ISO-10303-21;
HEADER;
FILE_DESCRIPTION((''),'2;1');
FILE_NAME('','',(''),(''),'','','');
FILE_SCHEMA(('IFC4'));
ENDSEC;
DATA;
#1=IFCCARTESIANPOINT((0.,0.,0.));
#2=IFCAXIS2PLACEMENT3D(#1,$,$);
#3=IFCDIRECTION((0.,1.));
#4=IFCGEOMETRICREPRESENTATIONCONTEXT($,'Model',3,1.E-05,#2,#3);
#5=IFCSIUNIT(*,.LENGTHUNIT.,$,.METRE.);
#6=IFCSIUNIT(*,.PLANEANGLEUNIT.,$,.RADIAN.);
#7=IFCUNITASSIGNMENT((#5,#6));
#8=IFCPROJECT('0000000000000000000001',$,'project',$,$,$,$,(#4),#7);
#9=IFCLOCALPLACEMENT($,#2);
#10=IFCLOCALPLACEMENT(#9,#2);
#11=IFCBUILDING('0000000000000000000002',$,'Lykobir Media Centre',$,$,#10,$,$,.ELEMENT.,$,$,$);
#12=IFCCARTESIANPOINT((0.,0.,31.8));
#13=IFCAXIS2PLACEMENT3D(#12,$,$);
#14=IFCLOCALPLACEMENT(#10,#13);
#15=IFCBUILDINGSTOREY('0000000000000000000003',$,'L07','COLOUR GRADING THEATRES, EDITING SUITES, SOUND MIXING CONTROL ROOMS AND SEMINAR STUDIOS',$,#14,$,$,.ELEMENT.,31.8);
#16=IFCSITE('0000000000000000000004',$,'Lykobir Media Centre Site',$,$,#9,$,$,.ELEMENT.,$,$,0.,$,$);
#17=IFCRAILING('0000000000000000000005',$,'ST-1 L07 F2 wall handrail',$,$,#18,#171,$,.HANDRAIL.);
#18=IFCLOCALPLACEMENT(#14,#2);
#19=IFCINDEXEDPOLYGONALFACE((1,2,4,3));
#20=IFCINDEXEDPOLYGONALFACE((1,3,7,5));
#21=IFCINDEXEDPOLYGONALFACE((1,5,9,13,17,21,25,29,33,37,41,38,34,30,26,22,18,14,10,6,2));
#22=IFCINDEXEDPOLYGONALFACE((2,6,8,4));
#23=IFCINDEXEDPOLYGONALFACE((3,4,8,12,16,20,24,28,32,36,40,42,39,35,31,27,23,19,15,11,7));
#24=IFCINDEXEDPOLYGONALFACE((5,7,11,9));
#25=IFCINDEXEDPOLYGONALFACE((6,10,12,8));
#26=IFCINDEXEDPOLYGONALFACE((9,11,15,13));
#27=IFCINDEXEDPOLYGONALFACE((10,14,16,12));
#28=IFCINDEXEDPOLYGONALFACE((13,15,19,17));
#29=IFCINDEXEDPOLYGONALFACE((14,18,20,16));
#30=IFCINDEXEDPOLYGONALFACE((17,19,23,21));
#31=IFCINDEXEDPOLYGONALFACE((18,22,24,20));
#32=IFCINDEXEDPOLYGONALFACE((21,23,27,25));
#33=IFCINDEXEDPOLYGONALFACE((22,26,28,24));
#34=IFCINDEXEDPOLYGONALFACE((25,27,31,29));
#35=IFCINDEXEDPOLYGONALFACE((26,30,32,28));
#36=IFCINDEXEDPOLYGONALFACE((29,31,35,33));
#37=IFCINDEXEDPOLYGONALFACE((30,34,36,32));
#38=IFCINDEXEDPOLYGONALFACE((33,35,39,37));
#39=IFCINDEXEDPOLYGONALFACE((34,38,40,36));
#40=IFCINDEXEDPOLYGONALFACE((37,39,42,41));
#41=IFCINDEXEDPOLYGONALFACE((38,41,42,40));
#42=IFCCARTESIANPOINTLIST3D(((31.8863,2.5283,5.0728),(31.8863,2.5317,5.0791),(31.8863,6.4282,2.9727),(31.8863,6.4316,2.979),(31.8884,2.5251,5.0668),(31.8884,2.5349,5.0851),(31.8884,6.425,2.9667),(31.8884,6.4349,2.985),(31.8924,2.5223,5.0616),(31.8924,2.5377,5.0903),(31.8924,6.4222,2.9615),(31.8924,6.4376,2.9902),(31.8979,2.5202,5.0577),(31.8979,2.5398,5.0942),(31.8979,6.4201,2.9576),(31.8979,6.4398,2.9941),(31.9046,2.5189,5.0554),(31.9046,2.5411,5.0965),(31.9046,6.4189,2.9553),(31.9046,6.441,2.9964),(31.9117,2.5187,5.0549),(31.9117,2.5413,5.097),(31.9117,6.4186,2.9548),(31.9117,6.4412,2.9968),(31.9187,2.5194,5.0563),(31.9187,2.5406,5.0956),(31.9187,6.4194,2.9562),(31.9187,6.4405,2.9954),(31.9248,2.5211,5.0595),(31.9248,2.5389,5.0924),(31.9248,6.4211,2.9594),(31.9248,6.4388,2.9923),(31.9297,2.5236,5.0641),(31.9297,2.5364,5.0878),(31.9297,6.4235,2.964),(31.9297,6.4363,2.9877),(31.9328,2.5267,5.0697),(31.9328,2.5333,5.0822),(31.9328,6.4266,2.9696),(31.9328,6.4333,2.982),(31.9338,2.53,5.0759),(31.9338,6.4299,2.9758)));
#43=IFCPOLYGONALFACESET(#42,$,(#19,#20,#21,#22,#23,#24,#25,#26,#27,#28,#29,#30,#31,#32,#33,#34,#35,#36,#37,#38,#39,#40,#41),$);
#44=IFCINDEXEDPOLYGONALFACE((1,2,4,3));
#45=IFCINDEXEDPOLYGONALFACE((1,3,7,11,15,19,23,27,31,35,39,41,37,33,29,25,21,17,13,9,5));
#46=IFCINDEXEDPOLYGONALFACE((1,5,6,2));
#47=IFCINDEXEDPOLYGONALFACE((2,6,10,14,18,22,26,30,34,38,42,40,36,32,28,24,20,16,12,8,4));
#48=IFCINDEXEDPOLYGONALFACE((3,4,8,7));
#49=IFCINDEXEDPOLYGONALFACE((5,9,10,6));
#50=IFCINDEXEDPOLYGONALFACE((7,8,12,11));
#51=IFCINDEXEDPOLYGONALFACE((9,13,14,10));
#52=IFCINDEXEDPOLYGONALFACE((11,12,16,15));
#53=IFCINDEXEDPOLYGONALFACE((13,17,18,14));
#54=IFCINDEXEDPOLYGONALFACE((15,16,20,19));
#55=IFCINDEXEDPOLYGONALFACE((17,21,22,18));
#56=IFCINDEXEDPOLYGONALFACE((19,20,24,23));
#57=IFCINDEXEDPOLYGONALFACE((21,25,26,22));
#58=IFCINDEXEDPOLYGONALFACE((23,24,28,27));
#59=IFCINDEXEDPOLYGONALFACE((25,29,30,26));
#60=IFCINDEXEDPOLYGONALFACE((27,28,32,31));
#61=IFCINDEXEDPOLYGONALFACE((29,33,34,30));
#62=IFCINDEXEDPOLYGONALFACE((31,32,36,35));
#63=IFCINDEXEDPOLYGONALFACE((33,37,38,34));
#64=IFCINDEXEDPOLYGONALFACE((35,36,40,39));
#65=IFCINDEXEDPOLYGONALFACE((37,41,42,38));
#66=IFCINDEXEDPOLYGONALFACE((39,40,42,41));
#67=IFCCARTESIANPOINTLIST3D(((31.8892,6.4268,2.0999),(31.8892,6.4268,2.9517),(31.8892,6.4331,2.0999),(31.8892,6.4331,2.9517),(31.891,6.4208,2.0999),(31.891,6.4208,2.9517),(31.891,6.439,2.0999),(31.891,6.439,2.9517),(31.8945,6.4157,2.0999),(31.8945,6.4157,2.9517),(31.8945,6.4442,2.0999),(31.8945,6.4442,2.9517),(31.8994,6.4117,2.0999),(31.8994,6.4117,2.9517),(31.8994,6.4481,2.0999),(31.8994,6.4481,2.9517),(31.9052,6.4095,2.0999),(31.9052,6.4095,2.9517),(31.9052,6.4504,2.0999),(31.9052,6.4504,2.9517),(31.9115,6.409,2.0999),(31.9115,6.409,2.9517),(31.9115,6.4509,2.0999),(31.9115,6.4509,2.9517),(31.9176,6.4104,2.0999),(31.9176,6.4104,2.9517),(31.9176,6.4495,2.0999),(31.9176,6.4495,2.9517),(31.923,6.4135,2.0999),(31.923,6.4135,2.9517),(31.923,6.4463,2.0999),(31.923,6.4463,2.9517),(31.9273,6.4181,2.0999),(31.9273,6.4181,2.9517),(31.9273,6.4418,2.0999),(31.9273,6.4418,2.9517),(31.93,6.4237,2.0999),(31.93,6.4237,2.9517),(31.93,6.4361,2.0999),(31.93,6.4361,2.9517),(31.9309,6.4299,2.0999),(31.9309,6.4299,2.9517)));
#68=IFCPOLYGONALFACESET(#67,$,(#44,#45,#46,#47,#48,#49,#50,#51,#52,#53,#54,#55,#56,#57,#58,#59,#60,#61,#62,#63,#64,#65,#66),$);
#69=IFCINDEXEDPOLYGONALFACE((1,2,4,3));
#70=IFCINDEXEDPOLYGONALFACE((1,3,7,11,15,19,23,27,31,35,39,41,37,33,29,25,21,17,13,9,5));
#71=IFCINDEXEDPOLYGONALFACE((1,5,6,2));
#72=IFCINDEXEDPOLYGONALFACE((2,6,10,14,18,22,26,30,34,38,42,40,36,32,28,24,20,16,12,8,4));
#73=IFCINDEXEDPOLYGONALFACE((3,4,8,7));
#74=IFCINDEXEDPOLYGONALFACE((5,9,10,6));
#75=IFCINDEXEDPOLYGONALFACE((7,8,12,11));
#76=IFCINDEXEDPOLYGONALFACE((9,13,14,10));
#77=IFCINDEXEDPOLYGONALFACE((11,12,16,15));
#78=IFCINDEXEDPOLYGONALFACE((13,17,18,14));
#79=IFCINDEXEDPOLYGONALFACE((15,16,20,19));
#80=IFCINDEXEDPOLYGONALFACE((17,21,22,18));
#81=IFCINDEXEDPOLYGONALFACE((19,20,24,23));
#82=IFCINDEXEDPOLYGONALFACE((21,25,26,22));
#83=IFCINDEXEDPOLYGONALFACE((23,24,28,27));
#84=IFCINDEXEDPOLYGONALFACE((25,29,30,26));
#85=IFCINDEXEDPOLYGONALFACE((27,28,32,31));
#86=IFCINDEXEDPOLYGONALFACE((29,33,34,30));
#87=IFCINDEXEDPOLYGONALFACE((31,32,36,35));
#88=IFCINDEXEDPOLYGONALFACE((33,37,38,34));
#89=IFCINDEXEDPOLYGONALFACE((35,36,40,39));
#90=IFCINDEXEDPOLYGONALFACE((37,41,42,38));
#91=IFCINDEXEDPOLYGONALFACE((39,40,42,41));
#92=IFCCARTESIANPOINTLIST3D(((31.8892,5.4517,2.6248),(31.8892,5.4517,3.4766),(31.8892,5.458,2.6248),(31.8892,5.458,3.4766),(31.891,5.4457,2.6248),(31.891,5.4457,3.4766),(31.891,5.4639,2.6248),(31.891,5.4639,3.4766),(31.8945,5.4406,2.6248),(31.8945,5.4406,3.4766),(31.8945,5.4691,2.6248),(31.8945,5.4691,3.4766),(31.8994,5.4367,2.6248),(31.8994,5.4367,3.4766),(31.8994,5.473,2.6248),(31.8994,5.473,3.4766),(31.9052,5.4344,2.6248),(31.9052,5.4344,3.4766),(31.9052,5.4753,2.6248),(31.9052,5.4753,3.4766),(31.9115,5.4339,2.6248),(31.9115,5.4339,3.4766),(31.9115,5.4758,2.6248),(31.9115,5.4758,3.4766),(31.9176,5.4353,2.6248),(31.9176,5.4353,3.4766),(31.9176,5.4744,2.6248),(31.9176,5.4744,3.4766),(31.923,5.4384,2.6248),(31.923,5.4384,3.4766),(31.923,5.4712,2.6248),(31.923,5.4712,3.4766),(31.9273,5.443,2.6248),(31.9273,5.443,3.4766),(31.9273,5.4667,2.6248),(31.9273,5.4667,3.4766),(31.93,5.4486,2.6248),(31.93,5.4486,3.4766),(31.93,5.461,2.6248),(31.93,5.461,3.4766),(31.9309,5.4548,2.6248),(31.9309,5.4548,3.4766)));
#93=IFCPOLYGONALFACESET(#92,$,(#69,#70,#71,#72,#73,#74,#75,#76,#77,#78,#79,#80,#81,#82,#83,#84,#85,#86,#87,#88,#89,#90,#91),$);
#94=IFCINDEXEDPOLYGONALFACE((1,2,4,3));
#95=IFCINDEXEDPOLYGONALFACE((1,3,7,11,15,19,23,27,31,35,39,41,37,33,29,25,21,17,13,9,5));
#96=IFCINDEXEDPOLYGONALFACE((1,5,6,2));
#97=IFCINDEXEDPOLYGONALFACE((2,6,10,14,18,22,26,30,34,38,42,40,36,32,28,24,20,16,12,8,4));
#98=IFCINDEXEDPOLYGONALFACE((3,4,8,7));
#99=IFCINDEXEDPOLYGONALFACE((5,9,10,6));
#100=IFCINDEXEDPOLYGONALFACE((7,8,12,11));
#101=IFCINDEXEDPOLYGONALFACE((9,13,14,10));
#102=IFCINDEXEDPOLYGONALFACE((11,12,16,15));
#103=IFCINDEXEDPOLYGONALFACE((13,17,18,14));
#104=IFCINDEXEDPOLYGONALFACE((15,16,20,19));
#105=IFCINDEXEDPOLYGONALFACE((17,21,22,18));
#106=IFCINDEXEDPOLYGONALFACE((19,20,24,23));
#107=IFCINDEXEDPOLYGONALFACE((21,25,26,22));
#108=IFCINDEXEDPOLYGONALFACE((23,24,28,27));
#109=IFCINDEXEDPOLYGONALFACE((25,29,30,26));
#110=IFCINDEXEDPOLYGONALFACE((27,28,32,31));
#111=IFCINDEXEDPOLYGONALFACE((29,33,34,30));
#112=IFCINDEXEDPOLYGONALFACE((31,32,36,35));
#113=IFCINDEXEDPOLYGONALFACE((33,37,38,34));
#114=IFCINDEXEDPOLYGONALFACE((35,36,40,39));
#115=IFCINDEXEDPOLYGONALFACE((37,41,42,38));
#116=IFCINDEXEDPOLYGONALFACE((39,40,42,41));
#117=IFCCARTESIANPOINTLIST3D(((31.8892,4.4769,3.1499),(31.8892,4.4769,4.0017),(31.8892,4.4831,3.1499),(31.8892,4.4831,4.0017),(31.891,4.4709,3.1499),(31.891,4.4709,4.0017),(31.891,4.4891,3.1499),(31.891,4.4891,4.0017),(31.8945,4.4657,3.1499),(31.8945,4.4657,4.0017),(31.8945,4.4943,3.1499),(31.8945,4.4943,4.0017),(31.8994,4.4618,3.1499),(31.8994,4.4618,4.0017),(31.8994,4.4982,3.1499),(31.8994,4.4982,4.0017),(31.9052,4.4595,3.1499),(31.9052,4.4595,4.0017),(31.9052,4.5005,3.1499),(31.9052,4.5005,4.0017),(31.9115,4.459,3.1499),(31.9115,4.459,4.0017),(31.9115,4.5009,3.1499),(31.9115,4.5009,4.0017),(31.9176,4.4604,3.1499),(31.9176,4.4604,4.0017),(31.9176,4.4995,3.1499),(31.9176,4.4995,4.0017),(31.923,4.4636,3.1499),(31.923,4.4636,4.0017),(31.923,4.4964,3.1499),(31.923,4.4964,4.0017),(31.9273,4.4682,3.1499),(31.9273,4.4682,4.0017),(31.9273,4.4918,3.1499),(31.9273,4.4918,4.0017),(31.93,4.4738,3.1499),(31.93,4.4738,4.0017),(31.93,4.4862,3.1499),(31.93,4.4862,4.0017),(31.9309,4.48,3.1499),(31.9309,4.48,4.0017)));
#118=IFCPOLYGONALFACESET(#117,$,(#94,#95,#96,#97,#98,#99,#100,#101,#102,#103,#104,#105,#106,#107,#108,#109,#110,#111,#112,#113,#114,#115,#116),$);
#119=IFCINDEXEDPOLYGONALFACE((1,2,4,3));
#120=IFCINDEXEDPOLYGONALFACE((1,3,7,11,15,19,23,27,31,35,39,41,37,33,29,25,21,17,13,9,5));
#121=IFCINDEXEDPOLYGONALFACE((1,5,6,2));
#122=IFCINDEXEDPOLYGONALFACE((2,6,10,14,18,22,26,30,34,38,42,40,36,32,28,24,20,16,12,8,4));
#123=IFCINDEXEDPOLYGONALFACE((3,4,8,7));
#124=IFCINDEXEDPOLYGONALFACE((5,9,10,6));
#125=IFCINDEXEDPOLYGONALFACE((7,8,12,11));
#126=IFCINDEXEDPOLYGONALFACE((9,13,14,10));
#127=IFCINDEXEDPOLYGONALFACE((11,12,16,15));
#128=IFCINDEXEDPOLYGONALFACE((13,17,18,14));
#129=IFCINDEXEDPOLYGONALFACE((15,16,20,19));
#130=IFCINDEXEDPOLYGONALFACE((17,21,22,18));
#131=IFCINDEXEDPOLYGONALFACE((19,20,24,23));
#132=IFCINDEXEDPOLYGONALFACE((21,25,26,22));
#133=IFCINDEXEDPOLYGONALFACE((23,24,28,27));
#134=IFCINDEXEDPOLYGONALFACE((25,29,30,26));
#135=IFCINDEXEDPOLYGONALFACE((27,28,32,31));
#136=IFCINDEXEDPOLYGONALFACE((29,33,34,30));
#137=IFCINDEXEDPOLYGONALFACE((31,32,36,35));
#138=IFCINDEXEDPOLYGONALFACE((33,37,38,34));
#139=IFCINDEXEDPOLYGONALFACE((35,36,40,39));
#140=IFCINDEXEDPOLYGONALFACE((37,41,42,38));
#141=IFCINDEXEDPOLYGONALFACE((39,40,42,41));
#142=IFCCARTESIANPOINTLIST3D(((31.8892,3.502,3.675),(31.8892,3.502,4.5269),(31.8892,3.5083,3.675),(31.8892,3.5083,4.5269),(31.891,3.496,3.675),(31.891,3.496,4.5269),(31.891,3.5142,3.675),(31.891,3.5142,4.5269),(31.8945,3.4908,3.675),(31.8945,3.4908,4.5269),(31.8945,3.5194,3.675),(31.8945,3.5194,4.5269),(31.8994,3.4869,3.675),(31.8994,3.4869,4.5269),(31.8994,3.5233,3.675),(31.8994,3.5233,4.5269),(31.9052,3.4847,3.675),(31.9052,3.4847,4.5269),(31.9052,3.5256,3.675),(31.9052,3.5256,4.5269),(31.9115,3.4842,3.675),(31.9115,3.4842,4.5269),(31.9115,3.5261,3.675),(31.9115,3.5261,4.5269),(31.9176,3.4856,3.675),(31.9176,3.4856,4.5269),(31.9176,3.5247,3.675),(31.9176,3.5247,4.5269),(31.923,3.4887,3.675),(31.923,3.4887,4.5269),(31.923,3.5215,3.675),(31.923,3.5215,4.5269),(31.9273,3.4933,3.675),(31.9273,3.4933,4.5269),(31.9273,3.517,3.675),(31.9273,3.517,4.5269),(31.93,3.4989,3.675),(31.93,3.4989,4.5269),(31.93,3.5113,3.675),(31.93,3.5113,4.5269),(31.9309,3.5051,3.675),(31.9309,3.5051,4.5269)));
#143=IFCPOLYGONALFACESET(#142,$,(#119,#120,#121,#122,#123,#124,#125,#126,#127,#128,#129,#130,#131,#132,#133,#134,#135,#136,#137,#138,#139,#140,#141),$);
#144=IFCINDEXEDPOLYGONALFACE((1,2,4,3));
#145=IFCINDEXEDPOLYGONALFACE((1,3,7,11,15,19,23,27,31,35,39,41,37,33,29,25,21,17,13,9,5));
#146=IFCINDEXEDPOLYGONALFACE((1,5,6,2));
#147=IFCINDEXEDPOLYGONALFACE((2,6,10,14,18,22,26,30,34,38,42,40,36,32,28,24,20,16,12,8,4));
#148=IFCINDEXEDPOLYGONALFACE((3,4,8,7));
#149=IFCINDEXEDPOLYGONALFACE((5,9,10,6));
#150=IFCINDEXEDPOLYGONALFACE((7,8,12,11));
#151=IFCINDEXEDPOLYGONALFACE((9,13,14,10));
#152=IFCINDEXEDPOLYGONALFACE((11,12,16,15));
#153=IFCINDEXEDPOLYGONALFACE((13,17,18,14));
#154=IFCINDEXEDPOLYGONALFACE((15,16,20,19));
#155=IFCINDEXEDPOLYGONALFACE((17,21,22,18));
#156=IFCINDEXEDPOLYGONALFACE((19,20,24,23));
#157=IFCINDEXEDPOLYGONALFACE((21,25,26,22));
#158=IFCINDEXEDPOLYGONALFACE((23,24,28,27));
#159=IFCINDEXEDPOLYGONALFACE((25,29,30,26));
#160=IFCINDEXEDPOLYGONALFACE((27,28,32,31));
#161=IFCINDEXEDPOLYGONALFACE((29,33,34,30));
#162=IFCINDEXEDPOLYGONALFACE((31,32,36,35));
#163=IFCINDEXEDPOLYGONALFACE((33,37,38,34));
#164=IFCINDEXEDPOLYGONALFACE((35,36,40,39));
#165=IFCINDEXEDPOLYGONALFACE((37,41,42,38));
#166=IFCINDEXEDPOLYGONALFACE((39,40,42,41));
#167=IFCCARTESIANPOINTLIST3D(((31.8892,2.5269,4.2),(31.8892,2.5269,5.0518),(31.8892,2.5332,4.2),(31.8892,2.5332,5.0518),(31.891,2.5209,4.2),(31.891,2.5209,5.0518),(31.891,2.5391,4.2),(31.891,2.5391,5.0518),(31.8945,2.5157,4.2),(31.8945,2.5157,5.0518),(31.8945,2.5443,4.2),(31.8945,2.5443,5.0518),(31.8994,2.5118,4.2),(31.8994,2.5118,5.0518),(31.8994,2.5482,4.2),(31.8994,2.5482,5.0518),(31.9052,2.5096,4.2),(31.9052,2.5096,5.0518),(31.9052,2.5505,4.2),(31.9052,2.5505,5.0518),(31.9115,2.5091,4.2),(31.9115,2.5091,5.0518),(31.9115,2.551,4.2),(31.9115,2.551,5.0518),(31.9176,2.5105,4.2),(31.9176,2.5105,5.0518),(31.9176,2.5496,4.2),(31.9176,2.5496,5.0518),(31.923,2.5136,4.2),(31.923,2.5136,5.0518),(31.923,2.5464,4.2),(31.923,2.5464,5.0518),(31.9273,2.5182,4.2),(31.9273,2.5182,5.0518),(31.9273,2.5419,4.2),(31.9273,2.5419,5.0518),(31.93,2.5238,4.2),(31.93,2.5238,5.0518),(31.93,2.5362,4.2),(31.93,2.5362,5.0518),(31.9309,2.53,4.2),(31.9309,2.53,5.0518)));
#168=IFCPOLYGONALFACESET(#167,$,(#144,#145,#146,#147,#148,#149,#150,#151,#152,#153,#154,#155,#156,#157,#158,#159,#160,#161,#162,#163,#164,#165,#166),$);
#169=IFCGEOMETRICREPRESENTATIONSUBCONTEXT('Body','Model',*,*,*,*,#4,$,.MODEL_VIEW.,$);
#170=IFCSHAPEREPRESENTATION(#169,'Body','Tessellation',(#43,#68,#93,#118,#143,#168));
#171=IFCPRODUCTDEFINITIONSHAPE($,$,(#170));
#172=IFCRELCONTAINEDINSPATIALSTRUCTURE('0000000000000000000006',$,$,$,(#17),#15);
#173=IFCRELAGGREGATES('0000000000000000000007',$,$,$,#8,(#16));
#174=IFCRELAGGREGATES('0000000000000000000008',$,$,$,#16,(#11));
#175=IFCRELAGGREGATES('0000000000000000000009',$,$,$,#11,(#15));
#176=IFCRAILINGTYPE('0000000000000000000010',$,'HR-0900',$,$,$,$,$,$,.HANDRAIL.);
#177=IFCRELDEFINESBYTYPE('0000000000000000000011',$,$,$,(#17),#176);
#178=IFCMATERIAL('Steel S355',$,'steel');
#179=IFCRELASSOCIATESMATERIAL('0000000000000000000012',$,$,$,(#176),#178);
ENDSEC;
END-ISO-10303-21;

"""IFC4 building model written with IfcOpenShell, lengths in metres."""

from ifc_helpers import new_model, si_unit, direction, frame, origin, origin_2d, place, context, subcontext, project, spatial, circle, extrude, material, type_object, element, save


model = new_model("IFC4")

# Units and contexts
model_context = context("Model", 3, precision=1e-05, world=origin(), true_north=direction((0.0, 1.0)))
body_context = subcontext(model_context, "Body", "Model", "MODEL_VIEW")
ifc_project = project(units=[si_unit("LENGTHUNIT", "METRE"), si_unit("PLANEANGLEUNIT", "RADIAN")], contexts=[model_context])

# Site, building, storey
site_placement = place(None, origin())
site = spatial("IfcSite", under=ifc_project, at=site_placement, Name="Lykobir Media Centre Site", CompositionType="ELEMENT", RefElevation=0.0)
building_placement = place(site_placement, origin())
building = spatial("IfcBuilding", under=site, at=building_placement, Name="Lykobir Media Centre", CompositionType="ELEMENT")
storey_placement = place(building_placement, frame((0.0, 0.0, 31.8)))
storey = spatial("IfcBuildingStorey", under=building, at=storey_placement, Name="L07", Description="COLOUR GRADING THEATRES, EDITING SUITES, SOUND MIXING CONTROL ROOMS AND SEMINAR STUDIOS", CompositionType="ELEMENT", Elevation=31.8)

# Shared definitions
ifc_material_1 = material(Name="Steel S355", Category="steel")

# Railing
railing_type = type_object("IfcRailingType", Name="HR-0900", PredefinedType="HANDRAIL", material=ifc_material_1)
railing_placement = place(storey_placement, frame((31.9099, 6.4299, 2.0999)))
element("IfcRailing", 1, at=railing_placement, inside=storey, type_object=railing_type, Name="ST-1 L07 F2 wall handrail", PredefinedType="HANDRAIL", context=body_context, shape_type="SweptSolid", body=[
    extrude(circle(Radius=0.0239, at=origin_2d()), frame((0.0, 0.0, 0.876), z_axis=(0.0, -0.880457, 0.474126), x_axis=(1.0, 0.0, 0.0)), (0.0, 0.0, 1.0), 4.4294),
    extrude(circle(Radius=0.021, at=origin_2d()), origin(), (0.0, 0.0, 1.0), 0.8518),
    extrude(circle(Radius=0.021, at=origin_2d()), frame((0.0, -0.9751, 0.5249)), (0.0, 0.0, 1.0), 0.8518),
    extrude(circle(Radius=0.021, at=origin_2d()), frame((0.0, -1.95, 1.05)), (0.0, 0.0, 1.0), 0.8518),
    extrude(circle(Radius=0.021, at=origin_2d()), frame((0.0, -2.9248, 1.5752)), (0.0, 0.0, 1.0), 0.8518),
    extrude(circle(Radius=0.021, at=origin_2d()), frame((0.0, -3.8999, 2.1001)), (0.0, 0.0, 1.0), 0.8518),
])

save(model, "model.ifc")
